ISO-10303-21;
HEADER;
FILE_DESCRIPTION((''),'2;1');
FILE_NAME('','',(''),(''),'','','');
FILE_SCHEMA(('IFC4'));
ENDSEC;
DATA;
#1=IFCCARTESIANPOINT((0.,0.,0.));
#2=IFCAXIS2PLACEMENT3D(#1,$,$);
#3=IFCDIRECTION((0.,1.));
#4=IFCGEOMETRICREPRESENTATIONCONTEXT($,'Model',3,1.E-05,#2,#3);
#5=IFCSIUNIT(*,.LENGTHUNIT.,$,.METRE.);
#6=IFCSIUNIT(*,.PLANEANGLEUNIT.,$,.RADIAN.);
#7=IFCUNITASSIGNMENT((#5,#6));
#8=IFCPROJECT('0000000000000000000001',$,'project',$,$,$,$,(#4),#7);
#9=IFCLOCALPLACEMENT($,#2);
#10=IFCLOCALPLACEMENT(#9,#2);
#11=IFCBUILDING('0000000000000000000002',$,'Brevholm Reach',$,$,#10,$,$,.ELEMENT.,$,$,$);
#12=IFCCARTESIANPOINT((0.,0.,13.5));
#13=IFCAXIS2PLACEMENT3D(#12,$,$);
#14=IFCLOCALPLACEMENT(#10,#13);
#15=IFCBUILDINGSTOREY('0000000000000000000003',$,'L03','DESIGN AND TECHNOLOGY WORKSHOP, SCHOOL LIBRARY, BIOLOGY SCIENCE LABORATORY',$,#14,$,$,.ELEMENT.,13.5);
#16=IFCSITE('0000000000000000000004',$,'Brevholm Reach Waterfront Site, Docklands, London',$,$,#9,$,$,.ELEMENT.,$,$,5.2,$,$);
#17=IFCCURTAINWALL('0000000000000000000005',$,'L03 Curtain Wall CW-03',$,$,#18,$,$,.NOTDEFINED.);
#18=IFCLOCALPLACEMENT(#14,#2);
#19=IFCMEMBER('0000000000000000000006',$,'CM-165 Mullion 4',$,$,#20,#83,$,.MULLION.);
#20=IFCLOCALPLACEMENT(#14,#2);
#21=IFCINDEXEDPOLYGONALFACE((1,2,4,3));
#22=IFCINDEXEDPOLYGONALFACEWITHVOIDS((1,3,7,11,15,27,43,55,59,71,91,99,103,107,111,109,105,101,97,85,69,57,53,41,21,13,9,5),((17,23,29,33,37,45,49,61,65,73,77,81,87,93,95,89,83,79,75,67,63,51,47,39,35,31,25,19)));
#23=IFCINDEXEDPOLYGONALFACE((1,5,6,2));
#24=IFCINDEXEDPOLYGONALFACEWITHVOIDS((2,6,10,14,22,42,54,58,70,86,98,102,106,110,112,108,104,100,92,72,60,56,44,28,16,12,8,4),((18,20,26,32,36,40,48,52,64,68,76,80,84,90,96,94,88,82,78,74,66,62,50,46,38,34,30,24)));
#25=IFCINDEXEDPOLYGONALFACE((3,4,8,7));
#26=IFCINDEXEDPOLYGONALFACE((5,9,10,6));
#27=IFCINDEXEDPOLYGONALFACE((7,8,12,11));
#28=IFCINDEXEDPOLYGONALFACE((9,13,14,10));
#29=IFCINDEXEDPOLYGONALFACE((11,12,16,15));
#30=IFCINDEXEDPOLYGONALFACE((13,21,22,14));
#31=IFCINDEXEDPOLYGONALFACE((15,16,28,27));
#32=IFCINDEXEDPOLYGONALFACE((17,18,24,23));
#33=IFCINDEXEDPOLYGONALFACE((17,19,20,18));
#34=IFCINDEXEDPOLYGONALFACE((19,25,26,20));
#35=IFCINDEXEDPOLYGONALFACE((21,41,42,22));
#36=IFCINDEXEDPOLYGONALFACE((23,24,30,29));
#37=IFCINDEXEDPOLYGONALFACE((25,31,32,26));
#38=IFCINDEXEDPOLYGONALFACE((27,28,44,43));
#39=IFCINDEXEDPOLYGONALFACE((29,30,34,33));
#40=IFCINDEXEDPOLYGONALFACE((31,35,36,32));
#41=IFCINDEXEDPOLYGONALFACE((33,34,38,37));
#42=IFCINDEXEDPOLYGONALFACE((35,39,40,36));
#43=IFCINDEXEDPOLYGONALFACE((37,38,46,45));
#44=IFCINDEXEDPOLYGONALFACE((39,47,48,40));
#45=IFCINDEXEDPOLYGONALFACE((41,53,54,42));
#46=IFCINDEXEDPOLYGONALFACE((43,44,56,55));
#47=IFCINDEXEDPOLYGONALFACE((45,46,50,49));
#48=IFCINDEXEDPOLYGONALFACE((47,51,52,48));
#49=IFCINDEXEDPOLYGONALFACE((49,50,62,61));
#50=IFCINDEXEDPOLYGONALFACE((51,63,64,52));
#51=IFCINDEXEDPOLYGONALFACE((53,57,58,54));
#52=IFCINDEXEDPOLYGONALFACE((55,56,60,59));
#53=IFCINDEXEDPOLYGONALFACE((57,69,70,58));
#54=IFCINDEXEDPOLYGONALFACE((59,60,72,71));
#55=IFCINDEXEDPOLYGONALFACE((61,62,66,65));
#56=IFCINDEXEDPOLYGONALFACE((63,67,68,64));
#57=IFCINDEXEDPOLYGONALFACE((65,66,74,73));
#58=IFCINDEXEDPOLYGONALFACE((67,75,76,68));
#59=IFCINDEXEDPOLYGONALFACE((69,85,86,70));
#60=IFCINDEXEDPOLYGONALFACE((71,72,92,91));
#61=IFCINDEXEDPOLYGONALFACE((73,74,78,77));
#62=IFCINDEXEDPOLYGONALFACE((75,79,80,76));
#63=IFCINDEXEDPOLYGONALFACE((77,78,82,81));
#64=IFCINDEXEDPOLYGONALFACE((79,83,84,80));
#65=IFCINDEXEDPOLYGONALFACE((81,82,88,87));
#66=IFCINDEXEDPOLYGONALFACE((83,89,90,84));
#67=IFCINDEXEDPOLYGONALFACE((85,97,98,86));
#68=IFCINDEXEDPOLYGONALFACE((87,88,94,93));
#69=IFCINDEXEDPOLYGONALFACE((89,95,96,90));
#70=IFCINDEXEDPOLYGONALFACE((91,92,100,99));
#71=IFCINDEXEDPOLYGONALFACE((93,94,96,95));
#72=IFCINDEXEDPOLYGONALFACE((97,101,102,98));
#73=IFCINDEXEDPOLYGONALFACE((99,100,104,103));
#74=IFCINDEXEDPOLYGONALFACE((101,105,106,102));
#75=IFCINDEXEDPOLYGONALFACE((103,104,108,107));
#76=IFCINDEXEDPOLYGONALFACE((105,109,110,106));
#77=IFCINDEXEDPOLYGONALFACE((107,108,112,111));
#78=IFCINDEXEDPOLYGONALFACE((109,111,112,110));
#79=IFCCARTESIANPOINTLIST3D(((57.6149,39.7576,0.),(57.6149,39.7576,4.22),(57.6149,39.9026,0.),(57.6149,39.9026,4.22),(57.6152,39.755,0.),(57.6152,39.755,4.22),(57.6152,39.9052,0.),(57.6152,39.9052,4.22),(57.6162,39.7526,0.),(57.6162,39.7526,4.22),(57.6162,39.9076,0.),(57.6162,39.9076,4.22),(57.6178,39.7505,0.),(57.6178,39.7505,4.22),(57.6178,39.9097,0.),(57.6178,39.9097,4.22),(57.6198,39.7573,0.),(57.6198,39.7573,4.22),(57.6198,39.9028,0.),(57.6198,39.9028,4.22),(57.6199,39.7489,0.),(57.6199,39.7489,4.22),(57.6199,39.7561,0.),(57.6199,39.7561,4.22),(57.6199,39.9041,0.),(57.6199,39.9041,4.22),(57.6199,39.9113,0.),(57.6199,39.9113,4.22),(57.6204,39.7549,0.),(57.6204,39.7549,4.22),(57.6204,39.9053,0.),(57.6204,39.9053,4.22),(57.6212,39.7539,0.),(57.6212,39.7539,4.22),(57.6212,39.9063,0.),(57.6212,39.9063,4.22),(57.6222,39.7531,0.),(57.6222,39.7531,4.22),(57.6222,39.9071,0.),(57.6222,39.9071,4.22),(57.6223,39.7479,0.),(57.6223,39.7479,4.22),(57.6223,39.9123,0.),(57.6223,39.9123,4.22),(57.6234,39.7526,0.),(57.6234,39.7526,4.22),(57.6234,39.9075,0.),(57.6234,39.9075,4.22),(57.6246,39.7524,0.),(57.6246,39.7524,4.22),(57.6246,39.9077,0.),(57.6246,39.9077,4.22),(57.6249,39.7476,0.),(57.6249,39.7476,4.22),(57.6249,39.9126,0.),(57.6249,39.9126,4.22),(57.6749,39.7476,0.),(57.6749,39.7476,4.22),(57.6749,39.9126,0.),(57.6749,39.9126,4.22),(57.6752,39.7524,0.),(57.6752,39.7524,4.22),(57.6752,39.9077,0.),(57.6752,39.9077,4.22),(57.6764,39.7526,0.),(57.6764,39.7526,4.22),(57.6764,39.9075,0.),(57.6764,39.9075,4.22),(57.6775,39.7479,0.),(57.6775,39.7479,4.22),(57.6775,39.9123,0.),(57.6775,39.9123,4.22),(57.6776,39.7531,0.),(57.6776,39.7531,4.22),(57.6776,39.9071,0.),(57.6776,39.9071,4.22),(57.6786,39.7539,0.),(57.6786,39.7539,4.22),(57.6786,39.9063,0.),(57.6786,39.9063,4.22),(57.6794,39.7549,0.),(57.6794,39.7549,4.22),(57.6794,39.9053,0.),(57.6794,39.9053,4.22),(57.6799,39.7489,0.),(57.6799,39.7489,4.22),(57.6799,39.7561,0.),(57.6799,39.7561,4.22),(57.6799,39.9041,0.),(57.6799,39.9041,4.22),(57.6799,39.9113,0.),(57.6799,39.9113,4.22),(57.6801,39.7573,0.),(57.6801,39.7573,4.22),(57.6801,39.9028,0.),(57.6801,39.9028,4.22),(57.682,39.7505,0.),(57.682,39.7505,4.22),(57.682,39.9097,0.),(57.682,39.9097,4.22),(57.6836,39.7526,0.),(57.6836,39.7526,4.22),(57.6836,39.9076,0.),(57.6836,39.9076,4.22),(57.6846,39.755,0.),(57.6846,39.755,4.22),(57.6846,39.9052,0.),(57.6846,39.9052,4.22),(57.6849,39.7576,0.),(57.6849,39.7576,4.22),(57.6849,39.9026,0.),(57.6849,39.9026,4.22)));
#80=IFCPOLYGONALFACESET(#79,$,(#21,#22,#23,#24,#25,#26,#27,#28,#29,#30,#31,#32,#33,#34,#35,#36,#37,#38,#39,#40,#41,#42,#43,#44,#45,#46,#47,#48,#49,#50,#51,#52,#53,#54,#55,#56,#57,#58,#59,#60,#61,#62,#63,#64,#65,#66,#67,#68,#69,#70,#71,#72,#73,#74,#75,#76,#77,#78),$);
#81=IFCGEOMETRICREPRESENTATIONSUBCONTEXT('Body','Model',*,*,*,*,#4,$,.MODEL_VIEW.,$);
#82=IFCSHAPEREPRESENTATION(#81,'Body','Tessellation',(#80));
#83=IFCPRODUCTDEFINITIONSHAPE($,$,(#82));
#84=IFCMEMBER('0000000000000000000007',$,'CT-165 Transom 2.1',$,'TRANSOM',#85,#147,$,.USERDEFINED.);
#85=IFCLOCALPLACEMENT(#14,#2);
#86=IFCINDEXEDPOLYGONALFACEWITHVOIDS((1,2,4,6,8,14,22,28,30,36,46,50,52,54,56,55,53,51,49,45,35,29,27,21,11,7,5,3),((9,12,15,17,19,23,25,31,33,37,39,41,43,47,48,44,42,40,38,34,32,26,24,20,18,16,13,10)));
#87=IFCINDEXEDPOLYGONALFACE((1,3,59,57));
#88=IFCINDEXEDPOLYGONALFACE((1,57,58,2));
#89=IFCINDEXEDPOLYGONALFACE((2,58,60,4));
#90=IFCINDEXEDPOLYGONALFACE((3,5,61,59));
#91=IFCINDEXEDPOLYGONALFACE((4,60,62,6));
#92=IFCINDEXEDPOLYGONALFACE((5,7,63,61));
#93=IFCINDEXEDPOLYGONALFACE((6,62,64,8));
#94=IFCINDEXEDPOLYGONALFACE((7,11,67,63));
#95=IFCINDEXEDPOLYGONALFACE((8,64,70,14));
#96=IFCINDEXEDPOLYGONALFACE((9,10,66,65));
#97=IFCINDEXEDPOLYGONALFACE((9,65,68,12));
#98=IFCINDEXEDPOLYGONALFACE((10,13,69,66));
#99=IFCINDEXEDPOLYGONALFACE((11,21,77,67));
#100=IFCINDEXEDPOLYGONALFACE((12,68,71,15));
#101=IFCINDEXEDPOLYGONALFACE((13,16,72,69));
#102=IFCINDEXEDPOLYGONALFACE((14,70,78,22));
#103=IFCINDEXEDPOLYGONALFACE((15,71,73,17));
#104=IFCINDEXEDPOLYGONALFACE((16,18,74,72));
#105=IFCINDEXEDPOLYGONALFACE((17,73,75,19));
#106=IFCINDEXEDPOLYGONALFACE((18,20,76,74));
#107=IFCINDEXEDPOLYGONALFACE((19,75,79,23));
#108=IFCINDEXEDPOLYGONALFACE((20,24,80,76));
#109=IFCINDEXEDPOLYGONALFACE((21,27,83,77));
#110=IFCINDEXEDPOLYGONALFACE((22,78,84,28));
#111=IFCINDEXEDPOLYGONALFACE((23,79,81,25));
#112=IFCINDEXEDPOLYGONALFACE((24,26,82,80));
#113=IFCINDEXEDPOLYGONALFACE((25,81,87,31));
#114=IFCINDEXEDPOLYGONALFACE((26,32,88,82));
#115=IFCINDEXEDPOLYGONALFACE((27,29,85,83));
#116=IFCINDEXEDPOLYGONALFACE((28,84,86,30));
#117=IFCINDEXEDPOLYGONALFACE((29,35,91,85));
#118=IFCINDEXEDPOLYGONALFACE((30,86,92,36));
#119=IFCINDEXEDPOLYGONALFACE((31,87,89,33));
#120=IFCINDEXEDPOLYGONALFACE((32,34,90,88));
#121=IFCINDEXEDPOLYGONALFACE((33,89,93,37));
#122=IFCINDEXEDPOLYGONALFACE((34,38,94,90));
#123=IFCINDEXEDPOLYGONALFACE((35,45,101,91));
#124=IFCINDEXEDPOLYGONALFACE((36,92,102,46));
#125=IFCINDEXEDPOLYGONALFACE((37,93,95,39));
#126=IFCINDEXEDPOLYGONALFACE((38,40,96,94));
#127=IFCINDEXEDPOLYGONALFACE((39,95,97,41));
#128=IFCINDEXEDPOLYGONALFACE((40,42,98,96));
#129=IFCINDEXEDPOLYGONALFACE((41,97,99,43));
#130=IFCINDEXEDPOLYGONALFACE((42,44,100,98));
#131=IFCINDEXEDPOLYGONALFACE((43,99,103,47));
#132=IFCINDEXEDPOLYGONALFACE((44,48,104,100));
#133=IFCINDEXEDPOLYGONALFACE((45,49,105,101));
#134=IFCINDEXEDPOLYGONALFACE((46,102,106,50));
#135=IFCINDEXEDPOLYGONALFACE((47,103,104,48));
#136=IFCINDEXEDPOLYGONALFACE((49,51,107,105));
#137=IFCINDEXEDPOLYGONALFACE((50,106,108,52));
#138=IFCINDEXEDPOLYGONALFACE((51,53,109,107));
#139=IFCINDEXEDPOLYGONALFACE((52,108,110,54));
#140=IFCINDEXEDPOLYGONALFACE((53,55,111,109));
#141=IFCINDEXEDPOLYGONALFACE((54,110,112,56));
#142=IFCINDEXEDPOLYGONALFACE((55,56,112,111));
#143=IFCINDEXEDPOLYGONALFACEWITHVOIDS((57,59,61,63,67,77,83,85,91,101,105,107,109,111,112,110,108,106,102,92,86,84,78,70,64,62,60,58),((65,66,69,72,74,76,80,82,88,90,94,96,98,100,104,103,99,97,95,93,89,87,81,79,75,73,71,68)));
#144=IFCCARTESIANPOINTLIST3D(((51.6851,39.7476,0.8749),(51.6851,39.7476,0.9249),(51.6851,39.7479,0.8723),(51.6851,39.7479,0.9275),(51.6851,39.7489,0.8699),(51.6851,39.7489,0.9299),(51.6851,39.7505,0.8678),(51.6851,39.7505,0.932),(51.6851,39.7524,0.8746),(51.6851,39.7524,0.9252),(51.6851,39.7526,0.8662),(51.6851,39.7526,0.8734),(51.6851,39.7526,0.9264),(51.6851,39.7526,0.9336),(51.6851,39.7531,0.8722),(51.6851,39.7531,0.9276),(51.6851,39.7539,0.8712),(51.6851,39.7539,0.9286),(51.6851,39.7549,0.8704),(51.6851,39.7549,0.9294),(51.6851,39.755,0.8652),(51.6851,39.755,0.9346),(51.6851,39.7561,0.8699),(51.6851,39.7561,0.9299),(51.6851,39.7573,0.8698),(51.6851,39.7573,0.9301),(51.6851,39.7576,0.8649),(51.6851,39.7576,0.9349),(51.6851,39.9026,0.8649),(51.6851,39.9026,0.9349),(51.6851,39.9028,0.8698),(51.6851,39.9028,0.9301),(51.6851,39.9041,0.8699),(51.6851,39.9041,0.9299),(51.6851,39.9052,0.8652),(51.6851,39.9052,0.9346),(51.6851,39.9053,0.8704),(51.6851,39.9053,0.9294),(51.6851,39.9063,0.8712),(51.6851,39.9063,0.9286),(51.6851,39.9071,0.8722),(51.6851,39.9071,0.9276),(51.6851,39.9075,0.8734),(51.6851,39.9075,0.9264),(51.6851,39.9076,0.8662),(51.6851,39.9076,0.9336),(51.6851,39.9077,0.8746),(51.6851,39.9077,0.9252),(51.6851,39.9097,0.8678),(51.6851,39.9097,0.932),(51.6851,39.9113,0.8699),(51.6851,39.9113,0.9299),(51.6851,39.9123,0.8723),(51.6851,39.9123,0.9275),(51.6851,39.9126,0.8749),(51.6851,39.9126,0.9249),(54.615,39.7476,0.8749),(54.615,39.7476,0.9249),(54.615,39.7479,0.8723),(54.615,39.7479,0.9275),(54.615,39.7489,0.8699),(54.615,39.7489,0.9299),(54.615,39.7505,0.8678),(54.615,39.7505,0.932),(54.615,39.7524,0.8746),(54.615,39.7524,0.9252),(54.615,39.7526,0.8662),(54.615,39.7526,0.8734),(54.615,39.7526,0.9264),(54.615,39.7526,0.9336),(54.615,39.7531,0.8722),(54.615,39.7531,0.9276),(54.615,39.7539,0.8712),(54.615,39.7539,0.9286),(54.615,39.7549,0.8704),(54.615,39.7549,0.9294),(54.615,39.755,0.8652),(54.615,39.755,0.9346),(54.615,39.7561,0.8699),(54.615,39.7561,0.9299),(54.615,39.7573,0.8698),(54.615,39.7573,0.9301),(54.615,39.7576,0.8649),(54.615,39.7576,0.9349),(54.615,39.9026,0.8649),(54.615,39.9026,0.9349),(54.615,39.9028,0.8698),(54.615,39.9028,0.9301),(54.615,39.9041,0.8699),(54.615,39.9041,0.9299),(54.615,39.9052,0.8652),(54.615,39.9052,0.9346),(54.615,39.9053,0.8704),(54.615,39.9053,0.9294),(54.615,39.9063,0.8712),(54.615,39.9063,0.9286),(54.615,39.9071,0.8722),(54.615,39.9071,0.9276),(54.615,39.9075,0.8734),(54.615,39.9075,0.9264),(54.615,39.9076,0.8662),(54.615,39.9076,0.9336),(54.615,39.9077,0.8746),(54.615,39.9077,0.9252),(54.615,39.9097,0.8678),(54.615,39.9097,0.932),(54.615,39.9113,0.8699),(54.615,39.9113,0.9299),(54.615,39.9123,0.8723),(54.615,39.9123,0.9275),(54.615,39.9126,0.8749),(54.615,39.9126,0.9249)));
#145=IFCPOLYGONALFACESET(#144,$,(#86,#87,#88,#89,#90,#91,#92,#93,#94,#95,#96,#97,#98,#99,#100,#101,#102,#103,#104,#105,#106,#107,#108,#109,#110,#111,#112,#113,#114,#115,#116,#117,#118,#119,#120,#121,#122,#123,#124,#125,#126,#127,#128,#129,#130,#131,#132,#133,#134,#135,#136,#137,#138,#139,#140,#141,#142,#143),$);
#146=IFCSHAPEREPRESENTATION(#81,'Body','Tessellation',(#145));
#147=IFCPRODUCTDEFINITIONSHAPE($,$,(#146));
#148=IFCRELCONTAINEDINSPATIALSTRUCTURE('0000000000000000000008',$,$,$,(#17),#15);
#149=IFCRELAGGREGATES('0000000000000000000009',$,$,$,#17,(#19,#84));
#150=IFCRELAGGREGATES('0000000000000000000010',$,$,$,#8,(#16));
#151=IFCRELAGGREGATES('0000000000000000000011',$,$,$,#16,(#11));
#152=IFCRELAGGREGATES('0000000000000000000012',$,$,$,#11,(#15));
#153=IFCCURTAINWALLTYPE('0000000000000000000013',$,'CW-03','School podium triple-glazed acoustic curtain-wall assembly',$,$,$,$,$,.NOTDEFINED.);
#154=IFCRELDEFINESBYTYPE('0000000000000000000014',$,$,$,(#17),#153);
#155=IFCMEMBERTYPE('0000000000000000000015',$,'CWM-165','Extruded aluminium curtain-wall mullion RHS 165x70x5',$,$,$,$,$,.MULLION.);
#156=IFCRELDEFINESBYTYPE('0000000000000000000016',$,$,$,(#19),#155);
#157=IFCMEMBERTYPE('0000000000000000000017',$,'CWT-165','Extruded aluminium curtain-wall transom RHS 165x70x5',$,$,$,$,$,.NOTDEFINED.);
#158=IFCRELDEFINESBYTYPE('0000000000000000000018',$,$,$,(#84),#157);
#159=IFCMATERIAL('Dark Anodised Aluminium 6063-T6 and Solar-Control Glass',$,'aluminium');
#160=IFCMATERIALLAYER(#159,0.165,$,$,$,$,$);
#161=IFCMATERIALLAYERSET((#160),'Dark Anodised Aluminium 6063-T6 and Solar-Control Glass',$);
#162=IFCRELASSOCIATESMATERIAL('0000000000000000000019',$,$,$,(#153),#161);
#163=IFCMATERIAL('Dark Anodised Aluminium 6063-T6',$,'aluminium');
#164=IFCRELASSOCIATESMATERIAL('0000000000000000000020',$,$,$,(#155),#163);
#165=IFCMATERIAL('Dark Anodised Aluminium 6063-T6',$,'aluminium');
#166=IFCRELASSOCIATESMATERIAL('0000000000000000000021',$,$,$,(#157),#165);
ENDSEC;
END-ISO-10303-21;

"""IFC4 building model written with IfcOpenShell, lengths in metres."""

from ifc_helpers import new_model, si_unit, direction, frame, origin, origin_2d, place, context, subcontext, project, spatial, hollow_rectangle, extrude, material, layer, layer_set, material_profile, profile_set, type_object, element, aggregate, save


model = new_model("IFC4")

# Units and contexts
model_context = context("Model", 3, precision=1e-05, world=origin(), true_north=direction((0.0, 1.0)))
body_context = subcontext(model_context, "Body", "Model", "MODEL_VIEW")
ifc_project = project(units=[si_unit("LENGTHUNIT", "METRE"), si_unit("PLANEANGLEUNIT", "RADIAN")], contexts=[model_context])

# Site, building, storey
site_placement = place(None, origin())
site = spatial("IfcSite", under=ifc_project, at=site_placement, Name="Brevholm Reach Waterfront Site, Docklands, London", CompositionType="ELEMENT", RefElevation=5.2)
building_placement = place(site_placement, origin())
building = spatial("IfcBuilding", under=site, at=building_placement, Name="Brevholm Reach", CompositionType="ELEMENT")
storey_placement = place(building_placement, frame((0.0, 0.0, 13.5)))
storey = spatial("IfcBuildingStorey", under=building, at=storey_placement, Name="L03", Description="DESIGN AND TECHNOLOGY WORKSHOP, SCHOOL LIBRARY, BIOLOGY SCIENCE LABORATORY", CompositionType="ELEMENT", Elevation=13.5)

# Curtain wall, members
ifc_material_1 = material(Name="Dark Anodised Aluminium 6063-T6 and Solar-Control Glass", Category="aluminium")
ifc_layer_1 = layer(ifc_material_1, 0.165)
ifc_layer_set_1 = layer_set([ifc_layer_1], Name="Dark Anodised Aluminium 6063-T6 and Solar-Control Glass")
curtain_wall_type = type_object("IfcCurtainWallType", Name="CW-03", Description="School podium triple-glazed acoustic curtain-wall assembly", PredefinedType="NOTDEFINED", material=ifc_layer_set_1)
curtain_wall_placement = place(storey_placement, origin())
curtain_wall = element("IfcCurtainWall", 1, at=curtain_wall_placement, inside=storey, type_object=curtain_wall_type, Name="L03 Curtain Wall CW-03", PredefinedType="NOTDEFINED")
ifc_material_2 = material(Name="Dark Anodised Aluminium 6063-T6", Category="aluminium")
ifc_material_profile_1 = material_profile(ifc_material_2, hollow_rectangle(XDim=0.0701, YDim=0.165, WallThickness=0.0049, InnerFilletRadius=0.0049, OuterFilletRadius=0.01, at=origin_2d()), Name="RHS 165x70x5")
ifc_profile_set_1 = profile_set([ifc_material_profile_1], Name="Dark Anodised Aluminium 6063-T6")
member_type_1 = type_object("IfcMemberType", Name="CWM-165", Description="Extruded aluminium curtain-wall mullion RHS 165x70x5", PredefinedType="MULLION", material=ifc_profile_set_1)
member_1_placement = place(storey_placement, frame((57.6499, 39.8301, 0.0), z_axis=(0.0, 0.0, 1.0), x_axis=(1.0, 0.0, 0.0)))
member_1 = element("IfcMember", 2, at=member_1_placement, type_object=member_type_1, Name="CM-165 Mullion 4", PredefinedType="MULLION", context=body_context, shape_type="SweptSolid", body=[
    extrude(hollow_rectangle(XDim=0.0701, YDim=0.165, WallThickness=0.0049, InnerFilletRadius=0.0049, OuterFilletRadius=0.01, at=origin_2d()), origin(), (0.0, 0.0, 1.0), 4.22),
])
ifc_material_3 = material(Name="Dark Anodised Aluminium 6063-T6", Category="aluminium")
ifc_material_profile_2 = material_profile(ifc_material_3, hollow_rectangle(XDim=0.0701, YDim=0.165, WallThickness=0.0049, InnerFilletRadius=0.0049, OuterFilletRadius=0.01, at=origin_2d()), Name="RHS 165x70x5")
ifc_profile_set_2 = profile_set([ifc_material_profile_2], Name="Dark Anodised Aluminium 6063-T6")
member_type_2 = type_object("IfcMemberType", Name="CWT-165", Description="Extruded aluminium curtain-wall transom RHS 165x70x5", PredefinedType="NOTDEFINED", material=ifc_profile_set_2)
member_2_placement = place(storey_placement, frame((51.6851, 39.8301, 0.8999), z_axis=(1.0, 0.0, 0.0), x_axis=(0.0, 0.0, 1.0)))
member_2 = element("IfcMember", 3, at=member_2_placement, type_object=member_type_2, Name="CT-165 Transom 2.1", ObjectType="TRANSOM", PredefinedType="USERDEFINED", context=body_context, shape_type="SweptSolid", body=[
    extrude(hollow_rectangle(XDim=0.0701, YDim=0.165, WallThickness=0.0049, InnerFilletRadius=0.0049, OuterFilletRadius=0.01, at=origin_2d()), origin(), (0.0, 0.0, 1.0), 2.9299),
])
aggregate(curtain_wall, [member_1, member_2])

save(model, "model.ifc")
